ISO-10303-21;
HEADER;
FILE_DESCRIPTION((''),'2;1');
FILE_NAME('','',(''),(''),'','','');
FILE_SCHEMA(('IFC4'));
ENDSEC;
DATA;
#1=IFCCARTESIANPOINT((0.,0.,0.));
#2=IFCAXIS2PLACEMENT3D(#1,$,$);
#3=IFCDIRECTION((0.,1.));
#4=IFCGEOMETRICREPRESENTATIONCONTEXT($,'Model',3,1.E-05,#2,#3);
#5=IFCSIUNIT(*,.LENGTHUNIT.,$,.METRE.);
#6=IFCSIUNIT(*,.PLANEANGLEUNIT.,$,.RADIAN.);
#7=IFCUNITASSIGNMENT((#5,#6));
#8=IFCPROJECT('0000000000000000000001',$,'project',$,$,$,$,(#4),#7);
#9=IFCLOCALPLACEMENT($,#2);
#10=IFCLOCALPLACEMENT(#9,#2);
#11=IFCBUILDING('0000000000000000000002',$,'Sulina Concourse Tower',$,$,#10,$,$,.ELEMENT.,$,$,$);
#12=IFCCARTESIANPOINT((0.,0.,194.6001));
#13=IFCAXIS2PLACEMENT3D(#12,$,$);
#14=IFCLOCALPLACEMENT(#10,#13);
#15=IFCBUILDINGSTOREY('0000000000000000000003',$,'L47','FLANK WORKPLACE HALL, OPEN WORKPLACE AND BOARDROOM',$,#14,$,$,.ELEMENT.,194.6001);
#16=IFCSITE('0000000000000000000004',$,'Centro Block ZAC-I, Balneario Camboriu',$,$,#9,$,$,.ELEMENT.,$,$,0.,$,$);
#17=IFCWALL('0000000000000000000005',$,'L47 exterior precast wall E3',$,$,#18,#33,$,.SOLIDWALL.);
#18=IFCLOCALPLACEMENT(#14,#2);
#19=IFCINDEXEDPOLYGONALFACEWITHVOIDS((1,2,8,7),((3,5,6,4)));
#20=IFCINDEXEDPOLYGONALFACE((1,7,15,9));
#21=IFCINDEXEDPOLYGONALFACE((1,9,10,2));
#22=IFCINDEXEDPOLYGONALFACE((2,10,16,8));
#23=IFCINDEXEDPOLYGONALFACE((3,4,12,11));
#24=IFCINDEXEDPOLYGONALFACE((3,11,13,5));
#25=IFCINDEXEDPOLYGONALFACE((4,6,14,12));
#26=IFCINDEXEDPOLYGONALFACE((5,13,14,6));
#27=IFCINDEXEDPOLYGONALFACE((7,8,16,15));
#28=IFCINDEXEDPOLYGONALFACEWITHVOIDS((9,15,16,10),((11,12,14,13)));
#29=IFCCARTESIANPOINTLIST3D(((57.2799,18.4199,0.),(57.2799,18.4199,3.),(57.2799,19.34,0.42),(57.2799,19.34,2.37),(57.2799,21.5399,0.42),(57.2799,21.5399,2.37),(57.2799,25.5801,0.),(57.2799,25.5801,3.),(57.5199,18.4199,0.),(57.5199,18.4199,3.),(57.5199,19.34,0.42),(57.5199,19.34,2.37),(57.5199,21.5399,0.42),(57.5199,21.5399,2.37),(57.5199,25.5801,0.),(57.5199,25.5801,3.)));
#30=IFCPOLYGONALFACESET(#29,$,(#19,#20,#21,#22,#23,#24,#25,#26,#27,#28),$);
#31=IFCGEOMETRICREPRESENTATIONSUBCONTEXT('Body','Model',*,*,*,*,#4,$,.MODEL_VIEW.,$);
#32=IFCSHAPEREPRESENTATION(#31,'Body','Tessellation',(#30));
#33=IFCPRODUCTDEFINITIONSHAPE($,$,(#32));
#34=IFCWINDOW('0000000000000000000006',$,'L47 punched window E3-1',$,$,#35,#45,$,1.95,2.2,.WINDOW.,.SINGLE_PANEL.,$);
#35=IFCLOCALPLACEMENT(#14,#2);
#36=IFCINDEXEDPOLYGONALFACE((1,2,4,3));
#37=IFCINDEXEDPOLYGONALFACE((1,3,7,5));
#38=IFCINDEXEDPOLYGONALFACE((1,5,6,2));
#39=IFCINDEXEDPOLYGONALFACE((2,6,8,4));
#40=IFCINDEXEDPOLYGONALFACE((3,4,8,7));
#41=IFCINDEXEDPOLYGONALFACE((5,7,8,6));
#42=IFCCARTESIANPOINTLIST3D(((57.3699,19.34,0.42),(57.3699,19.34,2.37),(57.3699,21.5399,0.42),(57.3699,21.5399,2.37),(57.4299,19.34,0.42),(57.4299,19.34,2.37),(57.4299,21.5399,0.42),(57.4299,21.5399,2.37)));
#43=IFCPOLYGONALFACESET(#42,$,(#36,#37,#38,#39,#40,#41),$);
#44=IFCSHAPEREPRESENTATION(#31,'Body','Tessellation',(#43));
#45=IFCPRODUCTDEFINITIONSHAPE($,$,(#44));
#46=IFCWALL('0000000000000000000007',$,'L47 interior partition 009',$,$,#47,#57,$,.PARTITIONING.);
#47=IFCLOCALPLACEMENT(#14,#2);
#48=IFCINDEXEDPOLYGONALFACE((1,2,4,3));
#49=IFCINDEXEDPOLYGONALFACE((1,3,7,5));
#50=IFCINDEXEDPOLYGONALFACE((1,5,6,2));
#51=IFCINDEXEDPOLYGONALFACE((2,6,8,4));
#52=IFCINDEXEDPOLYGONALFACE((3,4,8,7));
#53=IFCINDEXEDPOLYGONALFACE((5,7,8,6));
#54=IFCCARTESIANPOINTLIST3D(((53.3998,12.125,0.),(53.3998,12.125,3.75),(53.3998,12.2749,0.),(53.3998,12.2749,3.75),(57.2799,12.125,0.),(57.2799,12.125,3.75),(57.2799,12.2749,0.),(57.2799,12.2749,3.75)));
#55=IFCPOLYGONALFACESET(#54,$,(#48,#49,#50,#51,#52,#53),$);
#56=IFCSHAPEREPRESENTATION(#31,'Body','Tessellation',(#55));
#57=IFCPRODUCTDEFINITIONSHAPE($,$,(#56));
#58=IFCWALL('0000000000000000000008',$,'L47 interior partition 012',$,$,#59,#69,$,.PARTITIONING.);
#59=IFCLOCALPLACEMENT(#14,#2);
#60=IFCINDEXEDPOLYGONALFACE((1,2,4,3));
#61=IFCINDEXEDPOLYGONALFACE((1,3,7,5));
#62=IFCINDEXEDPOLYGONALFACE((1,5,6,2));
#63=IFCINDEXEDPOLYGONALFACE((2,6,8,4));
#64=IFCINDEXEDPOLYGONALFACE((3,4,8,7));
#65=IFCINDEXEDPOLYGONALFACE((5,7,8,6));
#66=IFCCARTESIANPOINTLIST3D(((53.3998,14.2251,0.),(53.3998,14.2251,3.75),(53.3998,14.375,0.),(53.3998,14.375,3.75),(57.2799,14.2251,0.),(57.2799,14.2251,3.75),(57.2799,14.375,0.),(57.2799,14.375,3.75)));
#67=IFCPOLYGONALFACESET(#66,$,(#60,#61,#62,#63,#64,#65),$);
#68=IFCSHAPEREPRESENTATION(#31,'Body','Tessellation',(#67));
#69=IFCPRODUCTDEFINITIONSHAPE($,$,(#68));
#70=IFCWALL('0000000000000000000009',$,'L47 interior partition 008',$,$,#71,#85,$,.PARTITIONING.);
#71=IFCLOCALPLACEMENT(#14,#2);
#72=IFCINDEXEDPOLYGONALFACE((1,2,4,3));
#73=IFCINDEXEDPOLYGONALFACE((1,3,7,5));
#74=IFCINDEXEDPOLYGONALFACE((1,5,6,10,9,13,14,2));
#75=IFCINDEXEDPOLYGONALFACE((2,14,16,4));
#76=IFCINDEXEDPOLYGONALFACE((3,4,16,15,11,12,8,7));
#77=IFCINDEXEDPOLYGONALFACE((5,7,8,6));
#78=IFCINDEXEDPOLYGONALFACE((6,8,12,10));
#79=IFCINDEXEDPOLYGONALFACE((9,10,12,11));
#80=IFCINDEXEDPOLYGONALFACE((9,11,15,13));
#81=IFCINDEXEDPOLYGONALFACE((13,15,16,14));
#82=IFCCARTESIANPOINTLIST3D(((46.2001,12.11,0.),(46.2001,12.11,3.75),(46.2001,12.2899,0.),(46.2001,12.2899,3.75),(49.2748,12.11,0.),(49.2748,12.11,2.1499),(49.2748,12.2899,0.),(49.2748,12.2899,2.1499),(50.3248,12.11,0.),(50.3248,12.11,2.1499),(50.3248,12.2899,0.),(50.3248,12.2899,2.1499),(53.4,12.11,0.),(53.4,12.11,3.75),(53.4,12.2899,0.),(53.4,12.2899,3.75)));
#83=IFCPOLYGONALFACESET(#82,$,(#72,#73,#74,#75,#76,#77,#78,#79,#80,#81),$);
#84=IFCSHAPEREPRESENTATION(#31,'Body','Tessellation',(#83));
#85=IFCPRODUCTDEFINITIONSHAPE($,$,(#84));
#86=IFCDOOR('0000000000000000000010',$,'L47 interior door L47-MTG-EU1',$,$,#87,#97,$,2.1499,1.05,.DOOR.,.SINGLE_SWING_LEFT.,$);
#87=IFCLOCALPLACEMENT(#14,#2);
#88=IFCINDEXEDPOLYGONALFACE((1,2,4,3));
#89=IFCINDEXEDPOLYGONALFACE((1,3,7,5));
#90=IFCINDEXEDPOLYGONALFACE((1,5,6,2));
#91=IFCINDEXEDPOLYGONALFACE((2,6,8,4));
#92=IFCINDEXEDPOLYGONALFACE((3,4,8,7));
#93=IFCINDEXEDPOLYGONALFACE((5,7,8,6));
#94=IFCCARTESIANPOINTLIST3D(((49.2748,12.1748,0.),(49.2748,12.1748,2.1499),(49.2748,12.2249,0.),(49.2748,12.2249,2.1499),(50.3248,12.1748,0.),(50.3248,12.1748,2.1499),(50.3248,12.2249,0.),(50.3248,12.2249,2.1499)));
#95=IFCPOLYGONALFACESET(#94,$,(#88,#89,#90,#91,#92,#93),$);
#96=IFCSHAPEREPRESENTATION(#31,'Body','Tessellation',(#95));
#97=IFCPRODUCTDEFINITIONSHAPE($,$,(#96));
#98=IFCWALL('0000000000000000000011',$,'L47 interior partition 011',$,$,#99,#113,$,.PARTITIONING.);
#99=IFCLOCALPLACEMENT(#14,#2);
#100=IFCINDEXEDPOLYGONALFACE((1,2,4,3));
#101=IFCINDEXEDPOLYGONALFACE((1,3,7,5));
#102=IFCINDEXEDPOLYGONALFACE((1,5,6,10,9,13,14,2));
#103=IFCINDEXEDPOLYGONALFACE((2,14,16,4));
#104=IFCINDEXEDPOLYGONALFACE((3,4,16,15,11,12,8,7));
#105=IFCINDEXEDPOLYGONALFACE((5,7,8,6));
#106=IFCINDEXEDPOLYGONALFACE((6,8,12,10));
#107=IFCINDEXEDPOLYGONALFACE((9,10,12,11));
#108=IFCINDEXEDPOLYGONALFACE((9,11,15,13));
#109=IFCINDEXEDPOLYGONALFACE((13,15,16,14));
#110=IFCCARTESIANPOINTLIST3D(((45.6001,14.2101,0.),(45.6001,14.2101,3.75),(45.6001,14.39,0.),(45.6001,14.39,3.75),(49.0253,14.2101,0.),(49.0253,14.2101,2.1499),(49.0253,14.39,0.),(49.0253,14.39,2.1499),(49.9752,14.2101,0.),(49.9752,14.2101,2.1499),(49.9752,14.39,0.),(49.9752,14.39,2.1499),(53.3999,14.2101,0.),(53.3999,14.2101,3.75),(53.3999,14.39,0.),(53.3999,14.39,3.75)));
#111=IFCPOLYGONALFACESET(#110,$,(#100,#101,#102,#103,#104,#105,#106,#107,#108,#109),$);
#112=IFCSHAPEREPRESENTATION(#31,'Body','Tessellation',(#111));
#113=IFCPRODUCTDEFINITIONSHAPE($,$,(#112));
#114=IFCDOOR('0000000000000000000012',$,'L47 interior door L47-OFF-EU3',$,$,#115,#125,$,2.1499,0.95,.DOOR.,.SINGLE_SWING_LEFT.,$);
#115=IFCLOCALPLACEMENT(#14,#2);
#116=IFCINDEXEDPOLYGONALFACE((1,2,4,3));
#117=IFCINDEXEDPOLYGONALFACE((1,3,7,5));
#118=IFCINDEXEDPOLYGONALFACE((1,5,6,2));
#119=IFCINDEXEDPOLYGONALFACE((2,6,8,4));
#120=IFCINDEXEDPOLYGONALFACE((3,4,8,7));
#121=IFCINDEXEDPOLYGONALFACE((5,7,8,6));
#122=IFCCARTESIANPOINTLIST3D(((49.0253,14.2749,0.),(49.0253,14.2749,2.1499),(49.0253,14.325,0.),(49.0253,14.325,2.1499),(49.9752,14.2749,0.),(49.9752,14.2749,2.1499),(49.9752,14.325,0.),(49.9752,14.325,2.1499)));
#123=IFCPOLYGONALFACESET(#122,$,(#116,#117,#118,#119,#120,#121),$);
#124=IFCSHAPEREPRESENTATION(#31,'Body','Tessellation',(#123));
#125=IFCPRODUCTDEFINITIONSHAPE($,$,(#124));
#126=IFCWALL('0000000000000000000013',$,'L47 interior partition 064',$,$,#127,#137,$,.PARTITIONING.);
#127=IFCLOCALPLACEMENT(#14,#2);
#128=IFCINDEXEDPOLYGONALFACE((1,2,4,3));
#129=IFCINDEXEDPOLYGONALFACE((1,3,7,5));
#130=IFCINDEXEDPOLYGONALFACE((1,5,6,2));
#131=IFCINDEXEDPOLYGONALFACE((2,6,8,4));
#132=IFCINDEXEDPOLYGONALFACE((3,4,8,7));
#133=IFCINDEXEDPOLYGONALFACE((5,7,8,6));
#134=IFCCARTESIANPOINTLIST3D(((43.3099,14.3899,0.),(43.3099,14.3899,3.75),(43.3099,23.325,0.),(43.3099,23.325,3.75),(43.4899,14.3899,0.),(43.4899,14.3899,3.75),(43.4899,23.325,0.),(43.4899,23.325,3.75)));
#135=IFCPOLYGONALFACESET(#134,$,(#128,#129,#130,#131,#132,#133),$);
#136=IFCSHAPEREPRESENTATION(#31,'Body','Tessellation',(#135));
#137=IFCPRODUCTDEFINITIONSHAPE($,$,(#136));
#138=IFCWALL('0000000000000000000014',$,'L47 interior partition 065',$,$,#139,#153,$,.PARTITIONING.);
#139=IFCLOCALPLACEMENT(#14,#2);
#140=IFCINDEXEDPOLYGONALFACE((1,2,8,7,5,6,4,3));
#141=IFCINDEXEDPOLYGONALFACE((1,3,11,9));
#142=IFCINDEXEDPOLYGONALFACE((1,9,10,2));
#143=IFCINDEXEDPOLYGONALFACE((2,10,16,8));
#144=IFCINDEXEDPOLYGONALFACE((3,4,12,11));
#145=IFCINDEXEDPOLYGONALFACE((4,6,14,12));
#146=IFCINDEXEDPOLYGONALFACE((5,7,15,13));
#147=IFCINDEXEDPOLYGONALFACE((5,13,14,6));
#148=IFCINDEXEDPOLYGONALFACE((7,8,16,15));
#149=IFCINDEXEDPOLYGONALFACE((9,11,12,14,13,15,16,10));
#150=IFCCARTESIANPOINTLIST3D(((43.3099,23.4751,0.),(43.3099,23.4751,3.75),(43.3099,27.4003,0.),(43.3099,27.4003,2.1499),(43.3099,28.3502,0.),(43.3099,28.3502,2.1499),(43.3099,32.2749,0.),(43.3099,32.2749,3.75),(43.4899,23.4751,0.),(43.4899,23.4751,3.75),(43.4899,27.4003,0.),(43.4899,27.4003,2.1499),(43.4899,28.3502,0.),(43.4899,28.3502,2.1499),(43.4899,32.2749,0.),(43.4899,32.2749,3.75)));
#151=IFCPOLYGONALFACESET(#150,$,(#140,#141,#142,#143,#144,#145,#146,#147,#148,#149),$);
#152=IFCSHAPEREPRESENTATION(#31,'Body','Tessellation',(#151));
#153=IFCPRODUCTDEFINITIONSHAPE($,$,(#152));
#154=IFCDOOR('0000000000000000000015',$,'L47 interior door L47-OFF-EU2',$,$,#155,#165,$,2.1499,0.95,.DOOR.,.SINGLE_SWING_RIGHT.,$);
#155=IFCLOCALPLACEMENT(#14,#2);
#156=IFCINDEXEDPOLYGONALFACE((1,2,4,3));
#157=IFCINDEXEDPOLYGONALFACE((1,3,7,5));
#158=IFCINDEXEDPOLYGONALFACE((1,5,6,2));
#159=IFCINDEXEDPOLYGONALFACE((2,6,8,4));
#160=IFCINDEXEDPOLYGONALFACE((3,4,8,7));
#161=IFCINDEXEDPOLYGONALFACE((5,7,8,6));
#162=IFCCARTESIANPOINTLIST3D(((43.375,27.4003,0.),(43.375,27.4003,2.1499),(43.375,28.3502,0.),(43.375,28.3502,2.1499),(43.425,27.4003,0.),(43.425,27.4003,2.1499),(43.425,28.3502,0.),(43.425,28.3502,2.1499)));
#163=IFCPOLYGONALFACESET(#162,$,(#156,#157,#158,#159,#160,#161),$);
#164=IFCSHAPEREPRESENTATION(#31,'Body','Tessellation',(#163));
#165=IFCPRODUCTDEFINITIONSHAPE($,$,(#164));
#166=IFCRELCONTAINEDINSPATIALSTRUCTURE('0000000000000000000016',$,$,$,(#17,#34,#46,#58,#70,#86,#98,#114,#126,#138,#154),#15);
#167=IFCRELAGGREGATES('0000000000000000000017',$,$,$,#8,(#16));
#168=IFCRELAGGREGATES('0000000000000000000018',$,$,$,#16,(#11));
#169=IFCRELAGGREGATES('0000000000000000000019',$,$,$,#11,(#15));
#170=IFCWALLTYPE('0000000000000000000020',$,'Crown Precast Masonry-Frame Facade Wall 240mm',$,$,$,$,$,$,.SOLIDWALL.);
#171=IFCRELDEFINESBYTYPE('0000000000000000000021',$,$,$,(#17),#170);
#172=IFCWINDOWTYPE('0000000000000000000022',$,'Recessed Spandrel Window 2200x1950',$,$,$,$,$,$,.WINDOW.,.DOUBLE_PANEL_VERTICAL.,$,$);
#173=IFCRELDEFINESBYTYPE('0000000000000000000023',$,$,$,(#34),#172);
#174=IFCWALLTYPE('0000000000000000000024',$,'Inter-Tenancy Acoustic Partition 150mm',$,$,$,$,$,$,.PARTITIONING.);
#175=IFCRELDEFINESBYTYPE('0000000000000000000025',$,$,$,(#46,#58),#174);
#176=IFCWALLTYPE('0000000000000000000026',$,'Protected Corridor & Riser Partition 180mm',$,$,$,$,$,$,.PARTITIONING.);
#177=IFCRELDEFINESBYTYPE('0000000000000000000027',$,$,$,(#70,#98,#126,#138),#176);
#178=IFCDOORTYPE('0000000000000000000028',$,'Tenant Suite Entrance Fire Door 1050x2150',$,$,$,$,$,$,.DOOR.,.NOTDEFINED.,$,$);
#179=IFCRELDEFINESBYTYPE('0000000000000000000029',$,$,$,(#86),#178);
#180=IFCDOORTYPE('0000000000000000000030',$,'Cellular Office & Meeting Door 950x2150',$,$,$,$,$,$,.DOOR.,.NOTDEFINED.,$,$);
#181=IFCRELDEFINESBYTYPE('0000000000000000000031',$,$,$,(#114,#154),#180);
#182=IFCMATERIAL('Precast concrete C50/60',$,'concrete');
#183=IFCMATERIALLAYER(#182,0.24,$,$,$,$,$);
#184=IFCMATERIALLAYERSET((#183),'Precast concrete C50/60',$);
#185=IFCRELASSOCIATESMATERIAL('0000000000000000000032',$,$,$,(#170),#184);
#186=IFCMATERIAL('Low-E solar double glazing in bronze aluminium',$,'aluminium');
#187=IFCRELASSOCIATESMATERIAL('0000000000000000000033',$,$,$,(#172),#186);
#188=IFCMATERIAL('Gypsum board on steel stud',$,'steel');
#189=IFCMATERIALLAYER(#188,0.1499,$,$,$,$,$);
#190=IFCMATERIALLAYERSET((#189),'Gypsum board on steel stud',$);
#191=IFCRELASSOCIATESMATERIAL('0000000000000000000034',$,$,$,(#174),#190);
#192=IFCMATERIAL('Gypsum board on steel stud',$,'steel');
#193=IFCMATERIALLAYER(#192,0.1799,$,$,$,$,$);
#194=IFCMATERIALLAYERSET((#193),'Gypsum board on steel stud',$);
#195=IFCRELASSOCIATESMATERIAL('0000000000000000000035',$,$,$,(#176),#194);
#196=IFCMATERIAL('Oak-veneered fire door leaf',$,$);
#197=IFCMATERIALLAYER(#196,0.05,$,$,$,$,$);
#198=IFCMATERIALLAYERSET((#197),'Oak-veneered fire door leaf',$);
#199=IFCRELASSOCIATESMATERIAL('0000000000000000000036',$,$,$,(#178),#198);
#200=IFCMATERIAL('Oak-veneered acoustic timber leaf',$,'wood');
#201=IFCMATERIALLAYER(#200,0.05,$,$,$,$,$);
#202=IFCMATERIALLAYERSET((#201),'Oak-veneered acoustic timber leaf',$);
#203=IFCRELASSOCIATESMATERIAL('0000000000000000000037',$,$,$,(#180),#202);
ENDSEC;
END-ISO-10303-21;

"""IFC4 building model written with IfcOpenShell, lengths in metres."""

from ifc_helpers import new_model, si_unit, direction, frame, frame_2d, origin, place, context, subcontext, project, spatial, rectangle, extrude, material, layer, layer_set, type_object, element, fill, save


model = new_model("IFC4")

# Units and contexts
model_context = context("Model", 3, precision=1e-05, world=origin(), true_north=direction((0.0, 1.0)))
body_context = subcontext(model_context, "Body", "Model", "MODEL_VIEW")
ifc_project = project(units=[si_unit("LENGTHUNIT", "METRE"), si_unit("PLANEANGLEUNIT", "RADIAN")], contexts=[model_context])

# Site, building, storey
site_placement = place(None, origin())
site = spatial("IfcSite", under=ifc_project, at=site_placement, Name="Centro Block ZAC-I, Balneario Camboriu", CompositionType="ELEMENT", RefElevation=0.0)
building_placement = place(site_placement, origin())
building = spatial("IfcBuilding", under=site, at=building_placement, Name="Sulina Concourse Tower", CompositionType="ELEMENT")
storey_placement = place(building_placement, frame((0.0, 0.0, 194.6001)))
storey = spatial("IfcBuildingStorey", under=building, at=storey_placement, Name="L47", Description="FLANK WORKPLACE HALL, OPEN WORKPLACE AND BOARDROOM", CompositionType="ELEMENT", Elevation=194.6001)

# Shared definitions
ifc_material_1 = material(Name="Precast concrete C50/60", Category="concrete")
ifc_layer_1 = layer(ifc_material_1, 0.24)
ifc_layer_set_1 = layer_set([ifc_layer_1], Name="Precast concrete C50/60")
wall_type_1 = type_object("IfcWallType", Name="Crown Precast Masonry-Frame Facade Wall 240mm", PredefinedType="SOLIDWALL", material=ifc_layer_set_1)

# Wall, opening, window
wall_1_placement = place(storey_placement, frame((57.3999, 25.5801, 0.0), z_axis=(0.0, 0.0, 1.0), x_axis=(0.0, -1.0, 0.0)))
wall_1 = element("IfcWall", 1, at=wall_1_placement, inside=storey, type_object=wall_type_1, Name="L47 exterior precast wall E3", PredefinedType="SOLIDWALL", context=body_context, shape_type="SweptSolid", body=[
    extrude(rectangle(XDim=7.1602, YDim=0.24, at=frame_2d((3.5801, 0.0))), origin(), (0.0, 0.0, 1.0), 3.0),
])
opening_1_placement = place(wall_1_placement, frame((4.04, 0.0, 0.4199)))
opening_1 = element("IfcOpeningElement", 2, at=opening_1_placement, cuts=wall_1, PredefinedType="OPENING", context=body_context, shape_type="SweptSolid", body=[
    extrude(rectangle(XDim=2.2, YDim=1.95, at=frame_2d((1.1001, 0.9751))), frame((0.0, 0.1299, 0.0), z_axis=(0.0, -1.0, 0.0), x_axis=(1.0, 0.0, 0.0)), (0.0, 0.0, 1.0), 0.26),
])
ifc_material_2 = material(Name="Low-E solar double glazing in bronze aluminium", Category="aluminium")
window_type = type_object("IfcWindowType", Name="Recessed Spandrel Window 2200x1950", PartitioningType="DOUBLE_PANEL_VERTICAL", PredefinedType="WINDOW", material=ifc_material_2)
window_placement = place(opening_1_placement, origin())
window = element("IfcWindow", 3, at=window_placement, inside=storey, type_object=window_type, Name="L47 punched window E3-1", OverallHeight=1.95, OverallWidth=2.2, PartitioningType="SINGLE_PANEL", PredefinedType="WINDOW", context=body_context, shape_type="SweptSolid", body=[
    extrude(rectangle(XDim=2.2, YDim=1.95, at=frame_2d((1.1001, 0.9751))), frame((0.0, 0.03, 0.0), z_axis=(0.0, -1.0, 0.0), x_axis=(1.0, 0.0, 0.0)), (0.0, 0.0, 1.0), 0.0601),
])
fill(opening_1, window)

# Walls
ifc_material_3 = material(Name="Gypsum board on steel stud", Category="steel")
ifc_layer_2 = layer(ifc_material_3, 0.1499)
ifc_layer_set_2 = layer_set([ifc_layer_2], Name="Gypsum board on steel stud")
wall_type_2 = type_object("IfcWallType", Name="Inter-Tenancy Acoustic Partition 150mm", PredefinedType="PARTITIONING", material=ifc_layer_set_2)
for number, where, z_axis, x_axis, name in (
    (4, (53.3999, 12.2, 0.0), (0.0, 0.0, 1.0), (1.0, 0.0, 0.0), "L47 interior partition 009"),
    (5, (53.3999, 14.3, 0.0), (0.0, 0.0, 1.0), (1.0, 0.0, 0.0), "L47 interior partition 012"),
):
    element("IfcWall", number, at=place(storey_placement, frame(where, z_axis=z_axis, x_axis=x_axis)), inside=storey, type_object=wall_type_2, Name=name, PredefinedType="PARTITIONING", context=body_context, shape_type="SweptSolid", body=[
        extrude(rectangle(XDim=3.8801, YDim=0.1499, at=frame_2d((1.9399, 0.0))), origin(), (0.0, 0.0, 1.0), 3.75),
    ])

# Walls, openings, doors
ifc_material_4 = material(Name="Gypsum board on steel stud", Category="steel")
ifc_layer_3 = layer(ifc_material_4, 0.1799)
ifc_layer_set_3 = layer_set([ifc_layer_3], Name="Gypsum board on steel stud")
wall_type_3 = type_object("IfcWallType", Name="Protected Corridor & Riser Partition 180mm", PredefinedType="PARTITIONING", material=ifc_layer_set_3)
wall_2_placement = place(storey_placement, frame((46.2, 12.2, 0.0), z_axis=(0.0, 0.0, 1.0), x_axis=(1.0, 0.0, 0.0)))
wall_2 = element("IfcWall", 6, at=wall_2_placement, inside=storey, type_object=wall_type_3, Name="L47 interior partition 008", PredefinedType="PARTITIONING", context=body_context, shape_type="SweptSolid", body=[
    extrude(rectangle(XDim=7.2, YDim=0.1799, at=frame_2d((3.6001, 0.0))), origin(), (0.0, 0.0, 1.0), 3.75),
])
opening_2_placement = place(wall_2_placement, frame((3.075, 0.0, 0.0)))
opening_2 = element("IfcOpeningElement", 7, at=opening_2_placement, cuts=wall_2, PredefinedType="OPENING", context=body_context, shape_type="SweptSolid", body=[
    extrude(rectangle(XDim=1.05, YDim=2.1499, at=frame_2d((0.5249, 1.075))), frame((0.0, 0.0999, 0.0), z_axis=(0.0, -1.0, 0.0), x_axis=(1.0, 0.0, 0.0)), (0.0, 0.0, 1.0), 0.2),
])
ifc_material_5 = material(Name="Oak-veneered fire door leaf")
ifc_layer_4 = layer(ifc_material_5, 0.05)
ifc_layer_set_4 = layer_set([ifc_layer_4], Name="Oak-veneered fire door leaf")
door_type_1 = type_object("IfcDoorType", Name="Tenant Suite Entrance Fire Door 1050x2150", OperationType="NOTDEFINED", PredefinedType="DOOR", material=ifc_layer_set_4)
door_1_placement = place(opening_2_placement, origin())
door_1 = element("IfcDoor", 8, at=door_1_placement, inside=storey, type_object=door_type_1, Name="L47 interior door L47-MTG-EU1", OperationType="SINGLE_SWING_LEFT", OverallHeight=2.1499, OverallWidth=1.05, PredefinedType="DOOR", context=body_context, shape_type="SweptSolid", body=[
    extrude(rectangle(XDim=1.05, YDim=2.1499, at=frame_2d((0.5249, 1.075))), frame((0.0, 0.0249, 0.0), z_axis=(0.0, -1.0, 0.0), x_axis=(1.0, 0.0, 0.0)), (0.0, 0.0, 1.0), 0.05),
])
fill(opening_2, door_1)
wall_3_placement = place(storey_placement, frame((45.6001, 14.3, 0.0), z_axis=(0.0, 0.0, 1.0), x_axis=(1.0, 0.0, 0.0)))
wall_3 = element("IfcWall", 9, at=wall_3_placement, inside=storey, type_object=wall_type_3, Name="L47 interior partition 011", PredefinedType="PARTITIONING", context=body_context, shape_type="SweptSolid", body=[
    extrude(rectangle(XDim=7.7998, YDim=0.1799, at=frame_2d((3.8999, 0.0))), origin(), (0.0, 0.0, 1.0), 3.75),
])
opening_3_placement = place(wall_3_placement, frame((3.425, 0.0, 0.0)))
opening_3 = element("IfcOpeningElement", 10, at=opening_3_placement, cuts=wall_3, PredefinedType="OPENING", context=body_context, shape_type="SweptSolid", body=[
    extrude(rectangle(XDim=0.95, YDim=2.1499, at=frame_2d((0.4751, 1.075))), frame((0.0, 0.0999, 0.0), z_axis=(0.0, -1.0, 0.0), x_axis=(1.0, 0.0, 0.0)), (0.0, 0.0, 1.0), 0.2),
])
ifc_material_6 = material(Name="Oak-veneered acoustic timber leaf", Category="wood")
ifc_layer_5 = layer(ifc_material_6, 0.05)
ifc_layer_set_5 = layer_set([ifc_layer_5], Name="Oak-veneered acoustic timber leaf")
door_type_2 = type_object("IfcDoorType", Name="Cellular Office & Meeting Door 950x2150", OperationType="NOTDEFINED", PredefinedType="DOOR", material=ifc_layer_set_5)
door_2_placement = place(opening_3_placement, origin())
door_2 = element("IfcDoor", 11, at=door_2_placement, inside=storey, type_object=door_type_2, Name="L47 interior door L47-OFF-EU3", OperationType="SINGLE_SWING_LEFT", OverallHeight=2.1499, OverallWidth=0.95, PredefinedType="DOOR", context=body_context, shape_type="SweptSolid", body=[
    extrude(rectangle(XDim=0.95, YDim=2.1499, at=frame_2d((0.4751, 1.075))), frame((0.0, 0.0249, 0.0), z_axis=(0.0, -1.0, 0.0), x_axis=(1.0, 0.0, 0.0)), (0.0, 0.0, 1.0), 0.05),
])
fill(opening_3, door_2)

# Wall
wall_4_placement = place(storey_placement, frame((43.3999, 14.3899, 0.0), z_axis=(0.0, 0.0, 1.0), x_axis=(0.0, 1.0, 0.0)))
element("IfcWall", 12, at=wall_4_placement, inside=storey, type_object=wall_type_3, Name="L47 interior partition 064", PredefinedType="PARTITIONING", context=body_context, shape_type="SweptSolid", body=[
    extrude(rectangle(XDim=8.9351, YDim=0.1799, at=frame_2d((4.4675, 0.0))), origin(), (0.0, 0.0, 1.0), 3.75),
])

# Wall, opening, door
wall_5_placement = place(storey_placement, frame((43.3999, 23.4751, 0.0), z_axis=(0.0, 0.0, 1.0), x_axis=(0.0, 1.0, 0.0)))
wall_5 = element("IfcWall", 13, at=wall_5_placement, inside=storey, type_object=wall_type_3, Name="L47 interior partition 065", PredefinedType="PARTITIONING", context=body_context, shape_type="SweptSolid", body=[
    extrude(rectangle(XDim=8.7998, YDim=0.1799, at=frame_2d((4.3999, 0.0))), origin(), (0.0, 0.0, 1.0), 3.75),
])
opening_4_placement = place(wall_5_placement, frame((3.925, 0.0, 0.0)))
opening_4 = element("IfcOpeningElement", 14, at=opening_4_placement, cuts=wall_5, PredefinedType="OPENING", context=body_context, shape_type="SweptSolid", body=[
    extrude(rectangle(XDim=0.95, YDim=2.1499, at=frame_2d((0.4751, 1.075))), frame((0.0, 0.0999, 0.0), z_axis=(0.0, -1.0, 0.0), x_axis=(1.0, 0.0, 0.0)), (0.0, 0.0, 1.0), 0.2),
])
door_3_placement = place(opening_4_placement, origin())
door_3 = element("IfcDoor", 15, at=door_3_placement, inside=storey, type_object=door_type_2, Name="L47 interior door L47-OFF-EU2", OperationType="SINGLE_SWING_RIGHT", OverallHeight=2.1499, OverallWidth=0.95, PredefinedType="DOOR", context=body_context, shape_type="SweptSolid", body=[
    extrude(rectangle(XDim=0.95, YDim=2.1499, at=frame_2d((0.4751, 1.075))), frame((0.0, 0.0249, 0.0), z_axis=(0.0, -1.0, 0.0), x_axis=(1.0, 0.0, 0.0)), (0.0, 0.0, 1.0), 0.05),
])
fill(opening_4, door_3)

save(model, "model.ifc")
